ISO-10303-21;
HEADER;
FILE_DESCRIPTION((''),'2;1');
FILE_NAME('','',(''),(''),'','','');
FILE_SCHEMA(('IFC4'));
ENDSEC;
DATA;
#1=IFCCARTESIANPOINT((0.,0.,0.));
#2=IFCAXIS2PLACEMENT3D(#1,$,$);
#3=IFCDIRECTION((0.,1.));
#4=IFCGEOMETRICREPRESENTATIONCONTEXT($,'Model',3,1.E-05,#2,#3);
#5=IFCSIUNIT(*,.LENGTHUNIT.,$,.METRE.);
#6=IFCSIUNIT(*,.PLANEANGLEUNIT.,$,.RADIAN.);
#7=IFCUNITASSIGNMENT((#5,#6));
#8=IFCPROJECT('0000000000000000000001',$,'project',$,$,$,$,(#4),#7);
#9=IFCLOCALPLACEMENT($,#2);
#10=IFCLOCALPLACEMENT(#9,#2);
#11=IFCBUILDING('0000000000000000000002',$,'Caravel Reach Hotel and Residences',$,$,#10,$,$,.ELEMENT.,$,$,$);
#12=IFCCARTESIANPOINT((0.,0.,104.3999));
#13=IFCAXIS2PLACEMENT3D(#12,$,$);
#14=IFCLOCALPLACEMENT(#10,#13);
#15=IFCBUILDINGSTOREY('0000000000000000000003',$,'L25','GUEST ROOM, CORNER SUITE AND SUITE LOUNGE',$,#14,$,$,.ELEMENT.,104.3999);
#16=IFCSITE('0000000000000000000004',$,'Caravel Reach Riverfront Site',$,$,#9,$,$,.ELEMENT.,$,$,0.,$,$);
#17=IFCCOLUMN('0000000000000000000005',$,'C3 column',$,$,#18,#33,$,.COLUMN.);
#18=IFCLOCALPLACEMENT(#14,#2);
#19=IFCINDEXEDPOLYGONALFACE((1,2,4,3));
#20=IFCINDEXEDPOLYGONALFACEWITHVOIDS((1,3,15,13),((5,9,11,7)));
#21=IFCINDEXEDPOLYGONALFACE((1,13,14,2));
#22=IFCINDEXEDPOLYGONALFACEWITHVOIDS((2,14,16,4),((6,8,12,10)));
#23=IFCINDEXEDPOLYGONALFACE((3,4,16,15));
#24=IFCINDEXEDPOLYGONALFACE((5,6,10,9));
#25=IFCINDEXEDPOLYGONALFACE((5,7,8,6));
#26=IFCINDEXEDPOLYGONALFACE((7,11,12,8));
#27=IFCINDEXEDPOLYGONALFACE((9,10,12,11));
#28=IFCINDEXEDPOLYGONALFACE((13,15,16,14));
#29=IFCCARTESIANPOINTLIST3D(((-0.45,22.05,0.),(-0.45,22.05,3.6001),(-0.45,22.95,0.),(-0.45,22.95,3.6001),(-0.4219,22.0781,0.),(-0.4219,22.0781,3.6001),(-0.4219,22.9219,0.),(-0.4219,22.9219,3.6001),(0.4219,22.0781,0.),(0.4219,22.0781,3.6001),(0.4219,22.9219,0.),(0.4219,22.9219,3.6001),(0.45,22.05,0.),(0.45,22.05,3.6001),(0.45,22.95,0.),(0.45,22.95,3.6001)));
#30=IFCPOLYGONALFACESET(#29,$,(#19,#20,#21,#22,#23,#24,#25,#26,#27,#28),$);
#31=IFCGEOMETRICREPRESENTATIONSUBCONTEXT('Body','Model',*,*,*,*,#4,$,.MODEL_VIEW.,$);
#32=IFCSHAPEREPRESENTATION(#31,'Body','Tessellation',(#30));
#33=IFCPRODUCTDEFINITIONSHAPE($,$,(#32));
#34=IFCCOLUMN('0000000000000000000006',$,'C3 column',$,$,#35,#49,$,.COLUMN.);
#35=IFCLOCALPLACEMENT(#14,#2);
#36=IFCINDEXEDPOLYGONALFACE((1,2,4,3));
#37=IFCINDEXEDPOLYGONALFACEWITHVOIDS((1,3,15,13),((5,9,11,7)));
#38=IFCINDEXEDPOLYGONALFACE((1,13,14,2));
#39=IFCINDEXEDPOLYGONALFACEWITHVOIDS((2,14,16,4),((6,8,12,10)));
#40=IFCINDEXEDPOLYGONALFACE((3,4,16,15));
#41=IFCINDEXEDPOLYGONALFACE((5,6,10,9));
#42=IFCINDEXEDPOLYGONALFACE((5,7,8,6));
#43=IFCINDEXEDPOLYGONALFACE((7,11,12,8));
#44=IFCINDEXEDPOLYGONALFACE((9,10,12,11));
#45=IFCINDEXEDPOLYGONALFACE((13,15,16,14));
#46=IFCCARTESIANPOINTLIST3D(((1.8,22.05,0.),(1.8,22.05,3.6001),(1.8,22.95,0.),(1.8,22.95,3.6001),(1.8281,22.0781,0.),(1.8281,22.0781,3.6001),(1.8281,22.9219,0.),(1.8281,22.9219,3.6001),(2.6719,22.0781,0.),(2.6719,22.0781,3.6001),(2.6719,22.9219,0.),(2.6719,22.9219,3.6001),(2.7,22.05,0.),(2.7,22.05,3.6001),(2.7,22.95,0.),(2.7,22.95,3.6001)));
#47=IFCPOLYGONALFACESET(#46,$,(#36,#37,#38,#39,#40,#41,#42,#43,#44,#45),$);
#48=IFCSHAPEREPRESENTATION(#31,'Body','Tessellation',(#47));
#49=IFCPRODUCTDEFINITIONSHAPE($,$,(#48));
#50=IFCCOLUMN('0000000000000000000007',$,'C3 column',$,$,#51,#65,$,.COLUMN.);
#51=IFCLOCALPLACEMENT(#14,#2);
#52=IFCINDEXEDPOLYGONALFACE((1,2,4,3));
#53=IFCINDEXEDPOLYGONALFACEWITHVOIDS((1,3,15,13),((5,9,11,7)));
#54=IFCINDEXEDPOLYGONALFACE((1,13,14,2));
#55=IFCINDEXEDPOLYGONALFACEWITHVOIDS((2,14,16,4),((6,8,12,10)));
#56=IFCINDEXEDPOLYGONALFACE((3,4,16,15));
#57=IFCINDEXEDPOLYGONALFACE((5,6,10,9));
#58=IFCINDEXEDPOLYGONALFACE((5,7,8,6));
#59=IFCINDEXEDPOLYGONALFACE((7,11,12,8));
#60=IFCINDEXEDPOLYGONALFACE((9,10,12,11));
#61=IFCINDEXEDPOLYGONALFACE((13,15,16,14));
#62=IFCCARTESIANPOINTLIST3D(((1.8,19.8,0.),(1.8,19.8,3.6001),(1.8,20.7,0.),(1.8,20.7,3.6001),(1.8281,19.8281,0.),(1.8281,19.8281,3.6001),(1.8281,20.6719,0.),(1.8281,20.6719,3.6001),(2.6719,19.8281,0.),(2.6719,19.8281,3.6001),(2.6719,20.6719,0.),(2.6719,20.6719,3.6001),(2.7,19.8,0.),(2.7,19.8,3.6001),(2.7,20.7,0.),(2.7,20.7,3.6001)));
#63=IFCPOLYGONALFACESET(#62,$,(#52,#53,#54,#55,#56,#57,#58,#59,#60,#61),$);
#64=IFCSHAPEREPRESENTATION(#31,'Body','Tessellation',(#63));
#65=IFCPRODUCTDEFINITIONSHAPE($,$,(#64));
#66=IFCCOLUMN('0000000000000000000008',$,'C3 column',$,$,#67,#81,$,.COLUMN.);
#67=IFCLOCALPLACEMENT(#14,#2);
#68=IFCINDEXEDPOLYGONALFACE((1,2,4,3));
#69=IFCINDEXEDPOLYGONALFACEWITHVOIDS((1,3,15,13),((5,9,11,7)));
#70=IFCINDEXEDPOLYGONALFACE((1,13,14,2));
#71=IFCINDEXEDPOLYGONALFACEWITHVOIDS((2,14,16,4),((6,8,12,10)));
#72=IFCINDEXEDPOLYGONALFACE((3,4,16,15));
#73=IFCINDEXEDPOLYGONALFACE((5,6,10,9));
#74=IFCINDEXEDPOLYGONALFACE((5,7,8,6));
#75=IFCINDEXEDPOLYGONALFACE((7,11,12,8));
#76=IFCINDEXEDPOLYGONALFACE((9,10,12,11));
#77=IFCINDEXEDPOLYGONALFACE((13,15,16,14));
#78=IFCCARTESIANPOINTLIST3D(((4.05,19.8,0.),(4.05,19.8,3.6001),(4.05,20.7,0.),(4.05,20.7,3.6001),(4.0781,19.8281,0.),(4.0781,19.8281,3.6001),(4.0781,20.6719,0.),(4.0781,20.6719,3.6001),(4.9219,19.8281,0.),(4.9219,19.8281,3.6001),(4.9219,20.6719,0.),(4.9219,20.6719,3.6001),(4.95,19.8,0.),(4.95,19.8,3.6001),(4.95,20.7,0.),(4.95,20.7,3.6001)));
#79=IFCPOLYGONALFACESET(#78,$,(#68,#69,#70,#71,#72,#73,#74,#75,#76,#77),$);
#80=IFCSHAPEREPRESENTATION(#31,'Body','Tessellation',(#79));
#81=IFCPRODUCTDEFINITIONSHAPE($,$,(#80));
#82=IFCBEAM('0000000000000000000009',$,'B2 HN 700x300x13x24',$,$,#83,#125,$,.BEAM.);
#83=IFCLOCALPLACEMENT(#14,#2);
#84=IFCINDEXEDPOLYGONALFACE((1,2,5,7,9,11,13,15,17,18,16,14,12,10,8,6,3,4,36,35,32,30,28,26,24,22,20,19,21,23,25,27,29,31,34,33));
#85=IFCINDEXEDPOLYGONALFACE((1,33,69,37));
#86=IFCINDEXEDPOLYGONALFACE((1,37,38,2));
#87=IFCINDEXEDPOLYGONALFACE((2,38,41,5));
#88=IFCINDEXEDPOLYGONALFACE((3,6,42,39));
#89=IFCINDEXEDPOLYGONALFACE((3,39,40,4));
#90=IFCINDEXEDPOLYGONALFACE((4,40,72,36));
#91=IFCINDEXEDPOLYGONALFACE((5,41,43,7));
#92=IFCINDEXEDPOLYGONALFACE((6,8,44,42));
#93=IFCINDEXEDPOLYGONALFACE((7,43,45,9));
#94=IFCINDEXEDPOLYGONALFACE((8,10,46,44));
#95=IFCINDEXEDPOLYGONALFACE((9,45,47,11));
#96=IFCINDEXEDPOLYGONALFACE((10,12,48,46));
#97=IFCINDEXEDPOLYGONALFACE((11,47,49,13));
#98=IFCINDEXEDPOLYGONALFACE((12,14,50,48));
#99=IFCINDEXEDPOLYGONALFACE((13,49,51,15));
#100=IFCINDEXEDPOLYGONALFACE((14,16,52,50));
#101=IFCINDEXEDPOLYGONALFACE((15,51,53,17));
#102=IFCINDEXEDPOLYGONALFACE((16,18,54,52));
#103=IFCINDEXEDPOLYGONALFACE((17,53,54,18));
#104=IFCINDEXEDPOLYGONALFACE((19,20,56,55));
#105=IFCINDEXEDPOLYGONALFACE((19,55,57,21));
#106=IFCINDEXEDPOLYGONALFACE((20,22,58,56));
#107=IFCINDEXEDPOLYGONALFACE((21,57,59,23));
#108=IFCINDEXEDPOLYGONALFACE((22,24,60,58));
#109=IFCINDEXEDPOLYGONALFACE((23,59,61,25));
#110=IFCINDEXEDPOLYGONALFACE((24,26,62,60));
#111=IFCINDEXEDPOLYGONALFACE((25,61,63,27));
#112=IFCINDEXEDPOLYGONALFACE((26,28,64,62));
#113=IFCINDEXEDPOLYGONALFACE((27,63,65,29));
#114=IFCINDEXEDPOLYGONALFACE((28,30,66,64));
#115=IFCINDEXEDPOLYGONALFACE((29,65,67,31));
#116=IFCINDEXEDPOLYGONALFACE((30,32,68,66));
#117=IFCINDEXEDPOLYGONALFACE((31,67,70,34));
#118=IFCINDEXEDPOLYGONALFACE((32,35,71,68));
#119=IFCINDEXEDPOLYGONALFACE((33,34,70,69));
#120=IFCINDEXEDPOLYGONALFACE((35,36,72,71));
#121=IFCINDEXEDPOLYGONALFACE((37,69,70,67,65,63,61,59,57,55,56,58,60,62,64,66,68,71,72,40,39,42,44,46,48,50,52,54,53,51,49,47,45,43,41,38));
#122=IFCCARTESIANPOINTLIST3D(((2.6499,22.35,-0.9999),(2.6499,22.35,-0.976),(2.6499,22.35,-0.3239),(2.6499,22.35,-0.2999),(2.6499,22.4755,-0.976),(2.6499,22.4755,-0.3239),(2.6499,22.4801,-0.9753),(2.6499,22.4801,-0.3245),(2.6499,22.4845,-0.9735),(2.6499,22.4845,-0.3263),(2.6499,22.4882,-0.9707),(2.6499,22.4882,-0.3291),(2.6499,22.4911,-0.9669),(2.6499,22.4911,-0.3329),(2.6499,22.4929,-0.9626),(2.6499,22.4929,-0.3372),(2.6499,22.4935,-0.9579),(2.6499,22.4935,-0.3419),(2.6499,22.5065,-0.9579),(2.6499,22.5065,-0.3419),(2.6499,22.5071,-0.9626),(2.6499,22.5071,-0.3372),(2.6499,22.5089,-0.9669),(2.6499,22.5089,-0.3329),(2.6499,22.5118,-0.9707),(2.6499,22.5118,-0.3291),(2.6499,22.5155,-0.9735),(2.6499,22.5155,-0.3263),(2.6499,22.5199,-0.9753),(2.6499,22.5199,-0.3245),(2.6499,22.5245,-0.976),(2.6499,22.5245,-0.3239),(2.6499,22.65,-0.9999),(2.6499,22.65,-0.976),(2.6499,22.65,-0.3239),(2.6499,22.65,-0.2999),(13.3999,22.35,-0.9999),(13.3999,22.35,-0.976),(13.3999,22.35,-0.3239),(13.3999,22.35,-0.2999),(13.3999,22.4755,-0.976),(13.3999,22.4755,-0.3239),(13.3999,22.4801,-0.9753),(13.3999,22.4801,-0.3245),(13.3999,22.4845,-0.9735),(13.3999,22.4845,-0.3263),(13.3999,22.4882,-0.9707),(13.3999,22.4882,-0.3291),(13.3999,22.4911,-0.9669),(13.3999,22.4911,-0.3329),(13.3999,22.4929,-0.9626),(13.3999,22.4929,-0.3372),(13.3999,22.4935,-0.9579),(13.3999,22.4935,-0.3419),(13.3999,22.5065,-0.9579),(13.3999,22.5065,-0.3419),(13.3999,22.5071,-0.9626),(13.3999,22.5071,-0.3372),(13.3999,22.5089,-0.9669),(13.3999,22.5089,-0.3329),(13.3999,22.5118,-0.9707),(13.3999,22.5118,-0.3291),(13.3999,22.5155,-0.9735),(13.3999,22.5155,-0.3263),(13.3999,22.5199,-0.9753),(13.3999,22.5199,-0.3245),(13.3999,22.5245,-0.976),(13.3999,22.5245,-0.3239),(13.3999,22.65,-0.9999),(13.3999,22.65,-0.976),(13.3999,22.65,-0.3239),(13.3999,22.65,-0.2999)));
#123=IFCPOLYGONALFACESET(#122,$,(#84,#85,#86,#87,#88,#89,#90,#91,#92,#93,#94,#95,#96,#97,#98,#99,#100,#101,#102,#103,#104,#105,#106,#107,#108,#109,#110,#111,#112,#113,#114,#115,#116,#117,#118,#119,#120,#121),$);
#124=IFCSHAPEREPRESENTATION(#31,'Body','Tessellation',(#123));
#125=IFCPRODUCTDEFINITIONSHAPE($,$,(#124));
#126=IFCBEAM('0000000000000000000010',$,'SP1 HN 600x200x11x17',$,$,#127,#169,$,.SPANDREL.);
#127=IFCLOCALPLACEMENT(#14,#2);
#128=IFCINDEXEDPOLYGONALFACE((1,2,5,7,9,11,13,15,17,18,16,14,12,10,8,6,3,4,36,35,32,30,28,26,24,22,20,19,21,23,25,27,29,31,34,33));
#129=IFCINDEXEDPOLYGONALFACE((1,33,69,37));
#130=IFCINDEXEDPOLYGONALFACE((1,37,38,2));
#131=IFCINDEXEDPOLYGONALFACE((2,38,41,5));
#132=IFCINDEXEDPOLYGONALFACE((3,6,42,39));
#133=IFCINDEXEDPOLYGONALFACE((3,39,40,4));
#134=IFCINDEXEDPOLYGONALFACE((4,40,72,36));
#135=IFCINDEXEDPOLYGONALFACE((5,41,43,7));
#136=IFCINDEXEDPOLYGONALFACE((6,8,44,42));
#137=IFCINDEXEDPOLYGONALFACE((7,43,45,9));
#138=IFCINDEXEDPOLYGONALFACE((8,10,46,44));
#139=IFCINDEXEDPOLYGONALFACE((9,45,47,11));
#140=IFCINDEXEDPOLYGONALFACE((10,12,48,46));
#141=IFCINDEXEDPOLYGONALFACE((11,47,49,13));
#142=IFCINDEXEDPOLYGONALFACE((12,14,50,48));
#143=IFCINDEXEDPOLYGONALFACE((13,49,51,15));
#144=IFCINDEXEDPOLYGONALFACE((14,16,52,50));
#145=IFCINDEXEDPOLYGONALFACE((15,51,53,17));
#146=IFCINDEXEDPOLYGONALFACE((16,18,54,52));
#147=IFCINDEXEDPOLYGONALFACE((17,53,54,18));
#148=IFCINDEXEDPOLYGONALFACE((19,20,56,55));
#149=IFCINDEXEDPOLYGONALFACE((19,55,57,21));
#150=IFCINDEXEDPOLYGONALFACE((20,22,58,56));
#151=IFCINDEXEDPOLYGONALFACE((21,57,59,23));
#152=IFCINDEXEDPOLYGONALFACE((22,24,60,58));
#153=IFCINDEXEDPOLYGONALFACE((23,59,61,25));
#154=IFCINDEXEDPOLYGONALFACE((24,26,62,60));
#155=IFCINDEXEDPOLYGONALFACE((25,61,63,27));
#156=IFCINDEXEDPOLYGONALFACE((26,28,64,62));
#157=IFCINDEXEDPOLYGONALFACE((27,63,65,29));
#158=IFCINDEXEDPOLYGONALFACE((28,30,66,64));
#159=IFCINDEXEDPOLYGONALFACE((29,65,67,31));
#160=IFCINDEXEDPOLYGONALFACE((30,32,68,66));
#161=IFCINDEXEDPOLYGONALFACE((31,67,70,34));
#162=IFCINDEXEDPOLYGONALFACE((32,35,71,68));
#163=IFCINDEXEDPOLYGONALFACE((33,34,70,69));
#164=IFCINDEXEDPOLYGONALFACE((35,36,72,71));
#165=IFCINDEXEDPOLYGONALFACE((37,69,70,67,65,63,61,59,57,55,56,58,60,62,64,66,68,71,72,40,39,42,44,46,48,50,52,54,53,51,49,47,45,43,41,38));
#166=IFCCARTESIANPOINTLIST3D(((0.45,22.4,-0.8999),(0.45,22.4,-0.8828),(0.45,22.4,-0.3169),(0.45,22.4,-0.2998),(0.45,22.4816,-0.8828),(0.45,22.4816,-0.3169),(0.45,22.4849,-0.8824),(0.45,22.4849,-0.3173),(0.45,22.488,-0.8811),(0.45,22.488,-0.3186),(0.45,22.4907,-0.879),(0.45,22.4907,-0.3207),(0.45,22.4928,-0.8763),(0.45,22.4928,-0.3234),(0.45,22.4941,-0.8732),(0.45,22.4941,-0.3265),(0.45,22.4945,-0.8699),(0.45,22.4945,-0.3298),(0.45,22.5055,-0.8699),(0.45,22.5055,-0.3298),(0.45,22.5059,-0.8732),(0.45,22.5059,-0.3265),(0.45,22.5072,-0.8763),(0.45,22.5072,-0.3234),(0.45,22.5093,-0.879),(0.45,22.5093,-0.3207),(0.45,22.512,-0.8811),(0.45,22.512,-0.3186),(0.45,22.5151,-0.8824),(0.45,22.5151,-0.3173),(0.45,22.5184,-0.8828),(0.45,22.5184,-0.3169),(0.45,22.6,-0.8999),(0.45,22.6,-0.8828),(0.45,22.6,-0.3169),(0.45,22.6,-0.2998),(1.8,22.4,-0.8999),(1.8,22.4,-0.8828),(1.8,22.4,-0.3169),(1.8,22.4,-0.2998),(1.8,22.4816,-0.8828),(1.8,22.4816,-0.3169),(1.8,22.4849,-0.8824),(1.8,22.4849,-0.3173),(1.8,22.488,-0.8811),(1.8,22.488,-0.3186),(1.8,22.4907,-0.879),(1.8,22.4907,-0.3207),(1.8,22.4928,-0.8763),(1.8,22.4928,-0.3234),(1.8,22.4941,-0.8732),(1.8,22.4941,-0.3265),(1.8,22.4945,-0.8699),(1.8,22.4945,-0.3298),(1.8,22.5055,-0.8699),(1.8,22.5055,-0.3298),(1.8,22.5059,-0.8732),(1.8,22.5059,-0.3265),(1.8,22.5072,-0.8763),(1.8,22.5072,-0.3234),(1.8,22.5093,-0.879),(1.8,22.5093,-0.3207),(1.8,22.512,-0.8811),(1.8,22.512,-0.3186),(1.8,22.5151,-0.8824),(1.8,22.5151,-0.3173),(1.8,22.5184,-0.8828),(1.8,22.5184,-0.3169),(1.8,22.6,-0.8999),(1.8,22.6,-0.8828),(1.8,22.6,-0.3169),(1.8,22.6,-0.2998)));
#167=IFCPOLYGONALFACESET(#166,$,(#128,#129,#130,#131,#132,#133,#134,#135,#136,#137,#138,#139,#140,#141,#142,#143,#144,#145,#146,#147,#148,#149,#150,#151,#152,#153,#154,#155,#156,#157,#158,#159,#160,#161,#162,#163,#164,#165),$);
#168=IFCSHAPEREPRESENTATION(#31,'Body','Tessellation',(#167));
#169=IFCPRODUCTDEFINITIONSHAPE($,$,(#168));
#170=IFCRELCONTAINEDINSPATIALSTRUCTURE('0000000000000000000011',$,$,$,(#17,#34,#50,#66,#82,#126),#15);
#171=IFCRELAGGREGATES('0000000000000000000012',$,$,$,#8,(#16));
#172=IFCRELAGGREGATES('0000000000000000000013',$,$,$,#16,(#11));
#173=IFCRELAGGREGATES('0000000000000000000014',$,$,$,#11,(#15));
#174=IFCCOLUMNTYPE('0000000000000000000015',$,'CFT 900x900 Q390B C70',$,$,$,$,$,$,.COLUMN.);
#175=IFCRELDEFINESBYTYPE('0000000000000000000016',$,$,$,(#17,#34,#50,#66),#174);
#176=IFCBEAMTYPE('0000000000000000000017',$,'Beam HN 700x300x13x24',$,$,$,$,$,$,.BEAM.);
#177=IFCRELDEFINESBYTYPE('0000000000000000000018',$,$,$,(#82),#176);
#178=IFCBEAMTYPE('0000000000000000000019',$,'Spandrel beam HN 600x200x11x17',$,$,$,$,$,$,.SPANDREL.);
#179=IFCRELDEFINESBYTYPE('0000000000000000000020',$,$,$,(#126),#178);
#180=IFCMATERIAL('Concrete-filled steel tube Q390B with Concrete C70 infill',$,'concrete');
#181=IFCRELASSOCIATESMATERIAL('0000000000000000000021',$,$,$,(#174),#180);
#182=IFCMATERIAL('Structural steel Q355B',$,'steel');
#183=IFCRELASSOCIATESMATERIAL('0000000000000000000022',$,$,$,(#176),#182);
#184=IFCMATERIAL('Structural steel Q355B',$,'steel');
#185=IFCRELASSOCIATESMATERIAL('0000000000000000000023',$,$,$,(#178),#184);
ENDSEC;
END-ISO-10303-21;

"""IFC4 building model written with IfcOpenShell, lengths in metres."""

from ifc_helpers import new_model, si_unit, direction, frame, origin, origin_2d, place, context, subcontext, project, spatial, hollow_rectangle, i_section, extrude, material, material_profile, profile_set, type_object, element, save


model = new_model("IFC4")

# Units and contexts
model_context = context("Model", 3, precision=1e-05, world=origin(), true_north=direction((0.0, 1.0)))
body_context = subcontext(model_context, "Body", "Model", "MODEL_VIEW")
ifc_project = project(units=[si_unit("LENGTHUNIT", "METRE"), si_unit("PLANEANGLEUNIT", "RADIAN")], contexts=[model_context])

# Site, building, storey
site_placement = place(None, origin())
site = spatial("IfcSite", under=ifc_project, at=site_placement, Name="Caravel Reach Riverfront Site", CompositionType="ELEMENT", RefElevation=0.0)
building_placement = place(site_placement, origin())
building = spatial("IfcBuilding", under=site, at=building_placement, Name="Caravel Reach Hotel and Residences", CompositionType="ELEMENT")
storey_placement = place(building_placement, frame((0.0, 0.0, 104.3999)))
storey = spatial("IfcBuildingStorey", under=building, at=storey_placement, Name="L25", Description="GUEST ROOM, CORNER SUITE AND SUITE LOUNGE", CompositionType="ELEMENT", Elevation=104.3999)

# Columns
ifc_material_1 = material(Name="Concrete-filled steel tube Q390B with Concrete C70 infill", Category="concrete")
ifc_material_profile_1 = material_profile(ifc_material_1, hollow_rectangle(XDim=0.8999, YDim=0.8999, WallThickness=0.0281, at=origin_2d()), Name="RHS 900x900x28")
ifc_profile_set_1 = profile_set([ifc_material_profile_1], Name="Concrete-filled steel tube Q390B with Concrete C70 infill")
column_type = type_object("IfcColumnType", Name="CFT 900x900 Q390B C70", PredefinedType="COLUMN", material=ifc_profile_set_1)
for number, where, z_axis, x_axis, name in (
    (1, (0.0, 22.5, 0.0), (0.0, 0.0, 1.0), (1.0, 0.0, 0.0), "C3 column"),
    (2, (2.25, 22.5, 0.0), (0.0, 0.0, 1.0), (1.0, 0.0, 0.0), "C3 column"),
    (3, (2.25, 20.25, 0.0), (0.0, 0.0, 1.0), (1.0, 0.0, 0.0), "C3 column"),
    (4, (4.5, 20.25, 0.0), (0.0, 0.0, 1.0), (1.0, 0.0, 0.0), "C3 column"),
):
    element("IfcColumn", number, at=place(storey_placement, frame(where, z_axis=z_axis, x_axis=x_axis)), inside=storey, type_object=column_type, Name=name, PredefinedType="COLUMN", context=body_context, shape_type="SweptSolid", body=[
        extrude(hollow_rectangle(XDim=0.8999, YDim=0.8999, WallThickness=0.0281, at=origin_2d()), origin(), (0.0, 0.0, 1.0), 3.6001),
    ])

# Beams
ifc_material_2 = material(Name="Structural steel Q355B", Category="steel")
ifc_material_profile_2 = material_profile(ifc_material_2, i_section(OverallWidth=0.3, OverallDepth=0.7, WebThickness=0.0129, FlangeThickness=0.0239, FilletRadius=0.0181, at=origin_2d()), Name="HN 700x300x13x24")
ifc_profile_set_2 = profile_set([ifc_material_profile_2], Name="Structural steel Q355B")
beam_type_1 = type_object("IfcBeamType", Name="Beam HN 700x300x13x24", PredefinedType="BEAM", material=ifc_profile_set_2)
beam_placement = place(storey_placement, frame((13.3999, 22.5, -0.6499), z_axis=(-1.0, 0.0, 0.0), x_axis=(0.0, -1.0, 0.0)))
element("IfcBeam", 5, at=beam_placement, inside=storey, type_object=beam_type_1, Name="B2 HN 700x300x13x24", PredefinedType="BEAM", context=body_context, shape_type="SweptSolid", body=[
    extrude(i_section(OverallWidth=0.3, OverallDepth=0.7, WebThickness=0.0129, FlangeThickness=0.0239, FilletRadius=0.0181, at=origin_2d()), origin(), (0.0, 0.0, 1.0), 10.75),
])
ifc_material_3 = material(Name="Structural steel Q355B", Category="steel")
ifc_material_profile_3 = material_profile(ifc_material_3, i_section(OverallWidth=0.2, OverallDepth=0.6001, WebThickness=0.011, FlangeThickness=0.0171, FilletRadius=0.0129, at=origin_2d()), Name="HN 600x200x11x17")
ifc_profile_set_3 = profile_set([ifc_material_profile_3], Name="Structural steel Q355B")
beam_type_2 = type_object("IfcBeamType", Name="Spandrel beam HN 600x200x11x17", PredefinedType="SPANDREL", material=ifc_profile_set_3)
for number, where, z_axis, x_axis, name in (
    (6, (0.45, 22.5, -0.5999), (1.0, 0.0, 0.0), (0.0, 1.0, 0.0), "SP1 HN 600x200x11x17"),
):
    element("IfcBeam", number, at=place(storey_placement, frame(where, z_axis=z_axis, x_axis=x_axis)), inside=storey, type_object=beam_type_2, Name=name, PredefinedType="SPANDREL", context=body_context, shape_type="SweptSolid", body=[
        extrude(i_section(OverallWidth=0.2, OverallDepth=0.6001, WebThickness=0.011, FlangeThickness=0.0171, FilletRadius=0.0129, at=origin_2d()), origin(), (0.0, 0.0, 1.0), 1.3501),
    ])

save(model, "model.ifc")
